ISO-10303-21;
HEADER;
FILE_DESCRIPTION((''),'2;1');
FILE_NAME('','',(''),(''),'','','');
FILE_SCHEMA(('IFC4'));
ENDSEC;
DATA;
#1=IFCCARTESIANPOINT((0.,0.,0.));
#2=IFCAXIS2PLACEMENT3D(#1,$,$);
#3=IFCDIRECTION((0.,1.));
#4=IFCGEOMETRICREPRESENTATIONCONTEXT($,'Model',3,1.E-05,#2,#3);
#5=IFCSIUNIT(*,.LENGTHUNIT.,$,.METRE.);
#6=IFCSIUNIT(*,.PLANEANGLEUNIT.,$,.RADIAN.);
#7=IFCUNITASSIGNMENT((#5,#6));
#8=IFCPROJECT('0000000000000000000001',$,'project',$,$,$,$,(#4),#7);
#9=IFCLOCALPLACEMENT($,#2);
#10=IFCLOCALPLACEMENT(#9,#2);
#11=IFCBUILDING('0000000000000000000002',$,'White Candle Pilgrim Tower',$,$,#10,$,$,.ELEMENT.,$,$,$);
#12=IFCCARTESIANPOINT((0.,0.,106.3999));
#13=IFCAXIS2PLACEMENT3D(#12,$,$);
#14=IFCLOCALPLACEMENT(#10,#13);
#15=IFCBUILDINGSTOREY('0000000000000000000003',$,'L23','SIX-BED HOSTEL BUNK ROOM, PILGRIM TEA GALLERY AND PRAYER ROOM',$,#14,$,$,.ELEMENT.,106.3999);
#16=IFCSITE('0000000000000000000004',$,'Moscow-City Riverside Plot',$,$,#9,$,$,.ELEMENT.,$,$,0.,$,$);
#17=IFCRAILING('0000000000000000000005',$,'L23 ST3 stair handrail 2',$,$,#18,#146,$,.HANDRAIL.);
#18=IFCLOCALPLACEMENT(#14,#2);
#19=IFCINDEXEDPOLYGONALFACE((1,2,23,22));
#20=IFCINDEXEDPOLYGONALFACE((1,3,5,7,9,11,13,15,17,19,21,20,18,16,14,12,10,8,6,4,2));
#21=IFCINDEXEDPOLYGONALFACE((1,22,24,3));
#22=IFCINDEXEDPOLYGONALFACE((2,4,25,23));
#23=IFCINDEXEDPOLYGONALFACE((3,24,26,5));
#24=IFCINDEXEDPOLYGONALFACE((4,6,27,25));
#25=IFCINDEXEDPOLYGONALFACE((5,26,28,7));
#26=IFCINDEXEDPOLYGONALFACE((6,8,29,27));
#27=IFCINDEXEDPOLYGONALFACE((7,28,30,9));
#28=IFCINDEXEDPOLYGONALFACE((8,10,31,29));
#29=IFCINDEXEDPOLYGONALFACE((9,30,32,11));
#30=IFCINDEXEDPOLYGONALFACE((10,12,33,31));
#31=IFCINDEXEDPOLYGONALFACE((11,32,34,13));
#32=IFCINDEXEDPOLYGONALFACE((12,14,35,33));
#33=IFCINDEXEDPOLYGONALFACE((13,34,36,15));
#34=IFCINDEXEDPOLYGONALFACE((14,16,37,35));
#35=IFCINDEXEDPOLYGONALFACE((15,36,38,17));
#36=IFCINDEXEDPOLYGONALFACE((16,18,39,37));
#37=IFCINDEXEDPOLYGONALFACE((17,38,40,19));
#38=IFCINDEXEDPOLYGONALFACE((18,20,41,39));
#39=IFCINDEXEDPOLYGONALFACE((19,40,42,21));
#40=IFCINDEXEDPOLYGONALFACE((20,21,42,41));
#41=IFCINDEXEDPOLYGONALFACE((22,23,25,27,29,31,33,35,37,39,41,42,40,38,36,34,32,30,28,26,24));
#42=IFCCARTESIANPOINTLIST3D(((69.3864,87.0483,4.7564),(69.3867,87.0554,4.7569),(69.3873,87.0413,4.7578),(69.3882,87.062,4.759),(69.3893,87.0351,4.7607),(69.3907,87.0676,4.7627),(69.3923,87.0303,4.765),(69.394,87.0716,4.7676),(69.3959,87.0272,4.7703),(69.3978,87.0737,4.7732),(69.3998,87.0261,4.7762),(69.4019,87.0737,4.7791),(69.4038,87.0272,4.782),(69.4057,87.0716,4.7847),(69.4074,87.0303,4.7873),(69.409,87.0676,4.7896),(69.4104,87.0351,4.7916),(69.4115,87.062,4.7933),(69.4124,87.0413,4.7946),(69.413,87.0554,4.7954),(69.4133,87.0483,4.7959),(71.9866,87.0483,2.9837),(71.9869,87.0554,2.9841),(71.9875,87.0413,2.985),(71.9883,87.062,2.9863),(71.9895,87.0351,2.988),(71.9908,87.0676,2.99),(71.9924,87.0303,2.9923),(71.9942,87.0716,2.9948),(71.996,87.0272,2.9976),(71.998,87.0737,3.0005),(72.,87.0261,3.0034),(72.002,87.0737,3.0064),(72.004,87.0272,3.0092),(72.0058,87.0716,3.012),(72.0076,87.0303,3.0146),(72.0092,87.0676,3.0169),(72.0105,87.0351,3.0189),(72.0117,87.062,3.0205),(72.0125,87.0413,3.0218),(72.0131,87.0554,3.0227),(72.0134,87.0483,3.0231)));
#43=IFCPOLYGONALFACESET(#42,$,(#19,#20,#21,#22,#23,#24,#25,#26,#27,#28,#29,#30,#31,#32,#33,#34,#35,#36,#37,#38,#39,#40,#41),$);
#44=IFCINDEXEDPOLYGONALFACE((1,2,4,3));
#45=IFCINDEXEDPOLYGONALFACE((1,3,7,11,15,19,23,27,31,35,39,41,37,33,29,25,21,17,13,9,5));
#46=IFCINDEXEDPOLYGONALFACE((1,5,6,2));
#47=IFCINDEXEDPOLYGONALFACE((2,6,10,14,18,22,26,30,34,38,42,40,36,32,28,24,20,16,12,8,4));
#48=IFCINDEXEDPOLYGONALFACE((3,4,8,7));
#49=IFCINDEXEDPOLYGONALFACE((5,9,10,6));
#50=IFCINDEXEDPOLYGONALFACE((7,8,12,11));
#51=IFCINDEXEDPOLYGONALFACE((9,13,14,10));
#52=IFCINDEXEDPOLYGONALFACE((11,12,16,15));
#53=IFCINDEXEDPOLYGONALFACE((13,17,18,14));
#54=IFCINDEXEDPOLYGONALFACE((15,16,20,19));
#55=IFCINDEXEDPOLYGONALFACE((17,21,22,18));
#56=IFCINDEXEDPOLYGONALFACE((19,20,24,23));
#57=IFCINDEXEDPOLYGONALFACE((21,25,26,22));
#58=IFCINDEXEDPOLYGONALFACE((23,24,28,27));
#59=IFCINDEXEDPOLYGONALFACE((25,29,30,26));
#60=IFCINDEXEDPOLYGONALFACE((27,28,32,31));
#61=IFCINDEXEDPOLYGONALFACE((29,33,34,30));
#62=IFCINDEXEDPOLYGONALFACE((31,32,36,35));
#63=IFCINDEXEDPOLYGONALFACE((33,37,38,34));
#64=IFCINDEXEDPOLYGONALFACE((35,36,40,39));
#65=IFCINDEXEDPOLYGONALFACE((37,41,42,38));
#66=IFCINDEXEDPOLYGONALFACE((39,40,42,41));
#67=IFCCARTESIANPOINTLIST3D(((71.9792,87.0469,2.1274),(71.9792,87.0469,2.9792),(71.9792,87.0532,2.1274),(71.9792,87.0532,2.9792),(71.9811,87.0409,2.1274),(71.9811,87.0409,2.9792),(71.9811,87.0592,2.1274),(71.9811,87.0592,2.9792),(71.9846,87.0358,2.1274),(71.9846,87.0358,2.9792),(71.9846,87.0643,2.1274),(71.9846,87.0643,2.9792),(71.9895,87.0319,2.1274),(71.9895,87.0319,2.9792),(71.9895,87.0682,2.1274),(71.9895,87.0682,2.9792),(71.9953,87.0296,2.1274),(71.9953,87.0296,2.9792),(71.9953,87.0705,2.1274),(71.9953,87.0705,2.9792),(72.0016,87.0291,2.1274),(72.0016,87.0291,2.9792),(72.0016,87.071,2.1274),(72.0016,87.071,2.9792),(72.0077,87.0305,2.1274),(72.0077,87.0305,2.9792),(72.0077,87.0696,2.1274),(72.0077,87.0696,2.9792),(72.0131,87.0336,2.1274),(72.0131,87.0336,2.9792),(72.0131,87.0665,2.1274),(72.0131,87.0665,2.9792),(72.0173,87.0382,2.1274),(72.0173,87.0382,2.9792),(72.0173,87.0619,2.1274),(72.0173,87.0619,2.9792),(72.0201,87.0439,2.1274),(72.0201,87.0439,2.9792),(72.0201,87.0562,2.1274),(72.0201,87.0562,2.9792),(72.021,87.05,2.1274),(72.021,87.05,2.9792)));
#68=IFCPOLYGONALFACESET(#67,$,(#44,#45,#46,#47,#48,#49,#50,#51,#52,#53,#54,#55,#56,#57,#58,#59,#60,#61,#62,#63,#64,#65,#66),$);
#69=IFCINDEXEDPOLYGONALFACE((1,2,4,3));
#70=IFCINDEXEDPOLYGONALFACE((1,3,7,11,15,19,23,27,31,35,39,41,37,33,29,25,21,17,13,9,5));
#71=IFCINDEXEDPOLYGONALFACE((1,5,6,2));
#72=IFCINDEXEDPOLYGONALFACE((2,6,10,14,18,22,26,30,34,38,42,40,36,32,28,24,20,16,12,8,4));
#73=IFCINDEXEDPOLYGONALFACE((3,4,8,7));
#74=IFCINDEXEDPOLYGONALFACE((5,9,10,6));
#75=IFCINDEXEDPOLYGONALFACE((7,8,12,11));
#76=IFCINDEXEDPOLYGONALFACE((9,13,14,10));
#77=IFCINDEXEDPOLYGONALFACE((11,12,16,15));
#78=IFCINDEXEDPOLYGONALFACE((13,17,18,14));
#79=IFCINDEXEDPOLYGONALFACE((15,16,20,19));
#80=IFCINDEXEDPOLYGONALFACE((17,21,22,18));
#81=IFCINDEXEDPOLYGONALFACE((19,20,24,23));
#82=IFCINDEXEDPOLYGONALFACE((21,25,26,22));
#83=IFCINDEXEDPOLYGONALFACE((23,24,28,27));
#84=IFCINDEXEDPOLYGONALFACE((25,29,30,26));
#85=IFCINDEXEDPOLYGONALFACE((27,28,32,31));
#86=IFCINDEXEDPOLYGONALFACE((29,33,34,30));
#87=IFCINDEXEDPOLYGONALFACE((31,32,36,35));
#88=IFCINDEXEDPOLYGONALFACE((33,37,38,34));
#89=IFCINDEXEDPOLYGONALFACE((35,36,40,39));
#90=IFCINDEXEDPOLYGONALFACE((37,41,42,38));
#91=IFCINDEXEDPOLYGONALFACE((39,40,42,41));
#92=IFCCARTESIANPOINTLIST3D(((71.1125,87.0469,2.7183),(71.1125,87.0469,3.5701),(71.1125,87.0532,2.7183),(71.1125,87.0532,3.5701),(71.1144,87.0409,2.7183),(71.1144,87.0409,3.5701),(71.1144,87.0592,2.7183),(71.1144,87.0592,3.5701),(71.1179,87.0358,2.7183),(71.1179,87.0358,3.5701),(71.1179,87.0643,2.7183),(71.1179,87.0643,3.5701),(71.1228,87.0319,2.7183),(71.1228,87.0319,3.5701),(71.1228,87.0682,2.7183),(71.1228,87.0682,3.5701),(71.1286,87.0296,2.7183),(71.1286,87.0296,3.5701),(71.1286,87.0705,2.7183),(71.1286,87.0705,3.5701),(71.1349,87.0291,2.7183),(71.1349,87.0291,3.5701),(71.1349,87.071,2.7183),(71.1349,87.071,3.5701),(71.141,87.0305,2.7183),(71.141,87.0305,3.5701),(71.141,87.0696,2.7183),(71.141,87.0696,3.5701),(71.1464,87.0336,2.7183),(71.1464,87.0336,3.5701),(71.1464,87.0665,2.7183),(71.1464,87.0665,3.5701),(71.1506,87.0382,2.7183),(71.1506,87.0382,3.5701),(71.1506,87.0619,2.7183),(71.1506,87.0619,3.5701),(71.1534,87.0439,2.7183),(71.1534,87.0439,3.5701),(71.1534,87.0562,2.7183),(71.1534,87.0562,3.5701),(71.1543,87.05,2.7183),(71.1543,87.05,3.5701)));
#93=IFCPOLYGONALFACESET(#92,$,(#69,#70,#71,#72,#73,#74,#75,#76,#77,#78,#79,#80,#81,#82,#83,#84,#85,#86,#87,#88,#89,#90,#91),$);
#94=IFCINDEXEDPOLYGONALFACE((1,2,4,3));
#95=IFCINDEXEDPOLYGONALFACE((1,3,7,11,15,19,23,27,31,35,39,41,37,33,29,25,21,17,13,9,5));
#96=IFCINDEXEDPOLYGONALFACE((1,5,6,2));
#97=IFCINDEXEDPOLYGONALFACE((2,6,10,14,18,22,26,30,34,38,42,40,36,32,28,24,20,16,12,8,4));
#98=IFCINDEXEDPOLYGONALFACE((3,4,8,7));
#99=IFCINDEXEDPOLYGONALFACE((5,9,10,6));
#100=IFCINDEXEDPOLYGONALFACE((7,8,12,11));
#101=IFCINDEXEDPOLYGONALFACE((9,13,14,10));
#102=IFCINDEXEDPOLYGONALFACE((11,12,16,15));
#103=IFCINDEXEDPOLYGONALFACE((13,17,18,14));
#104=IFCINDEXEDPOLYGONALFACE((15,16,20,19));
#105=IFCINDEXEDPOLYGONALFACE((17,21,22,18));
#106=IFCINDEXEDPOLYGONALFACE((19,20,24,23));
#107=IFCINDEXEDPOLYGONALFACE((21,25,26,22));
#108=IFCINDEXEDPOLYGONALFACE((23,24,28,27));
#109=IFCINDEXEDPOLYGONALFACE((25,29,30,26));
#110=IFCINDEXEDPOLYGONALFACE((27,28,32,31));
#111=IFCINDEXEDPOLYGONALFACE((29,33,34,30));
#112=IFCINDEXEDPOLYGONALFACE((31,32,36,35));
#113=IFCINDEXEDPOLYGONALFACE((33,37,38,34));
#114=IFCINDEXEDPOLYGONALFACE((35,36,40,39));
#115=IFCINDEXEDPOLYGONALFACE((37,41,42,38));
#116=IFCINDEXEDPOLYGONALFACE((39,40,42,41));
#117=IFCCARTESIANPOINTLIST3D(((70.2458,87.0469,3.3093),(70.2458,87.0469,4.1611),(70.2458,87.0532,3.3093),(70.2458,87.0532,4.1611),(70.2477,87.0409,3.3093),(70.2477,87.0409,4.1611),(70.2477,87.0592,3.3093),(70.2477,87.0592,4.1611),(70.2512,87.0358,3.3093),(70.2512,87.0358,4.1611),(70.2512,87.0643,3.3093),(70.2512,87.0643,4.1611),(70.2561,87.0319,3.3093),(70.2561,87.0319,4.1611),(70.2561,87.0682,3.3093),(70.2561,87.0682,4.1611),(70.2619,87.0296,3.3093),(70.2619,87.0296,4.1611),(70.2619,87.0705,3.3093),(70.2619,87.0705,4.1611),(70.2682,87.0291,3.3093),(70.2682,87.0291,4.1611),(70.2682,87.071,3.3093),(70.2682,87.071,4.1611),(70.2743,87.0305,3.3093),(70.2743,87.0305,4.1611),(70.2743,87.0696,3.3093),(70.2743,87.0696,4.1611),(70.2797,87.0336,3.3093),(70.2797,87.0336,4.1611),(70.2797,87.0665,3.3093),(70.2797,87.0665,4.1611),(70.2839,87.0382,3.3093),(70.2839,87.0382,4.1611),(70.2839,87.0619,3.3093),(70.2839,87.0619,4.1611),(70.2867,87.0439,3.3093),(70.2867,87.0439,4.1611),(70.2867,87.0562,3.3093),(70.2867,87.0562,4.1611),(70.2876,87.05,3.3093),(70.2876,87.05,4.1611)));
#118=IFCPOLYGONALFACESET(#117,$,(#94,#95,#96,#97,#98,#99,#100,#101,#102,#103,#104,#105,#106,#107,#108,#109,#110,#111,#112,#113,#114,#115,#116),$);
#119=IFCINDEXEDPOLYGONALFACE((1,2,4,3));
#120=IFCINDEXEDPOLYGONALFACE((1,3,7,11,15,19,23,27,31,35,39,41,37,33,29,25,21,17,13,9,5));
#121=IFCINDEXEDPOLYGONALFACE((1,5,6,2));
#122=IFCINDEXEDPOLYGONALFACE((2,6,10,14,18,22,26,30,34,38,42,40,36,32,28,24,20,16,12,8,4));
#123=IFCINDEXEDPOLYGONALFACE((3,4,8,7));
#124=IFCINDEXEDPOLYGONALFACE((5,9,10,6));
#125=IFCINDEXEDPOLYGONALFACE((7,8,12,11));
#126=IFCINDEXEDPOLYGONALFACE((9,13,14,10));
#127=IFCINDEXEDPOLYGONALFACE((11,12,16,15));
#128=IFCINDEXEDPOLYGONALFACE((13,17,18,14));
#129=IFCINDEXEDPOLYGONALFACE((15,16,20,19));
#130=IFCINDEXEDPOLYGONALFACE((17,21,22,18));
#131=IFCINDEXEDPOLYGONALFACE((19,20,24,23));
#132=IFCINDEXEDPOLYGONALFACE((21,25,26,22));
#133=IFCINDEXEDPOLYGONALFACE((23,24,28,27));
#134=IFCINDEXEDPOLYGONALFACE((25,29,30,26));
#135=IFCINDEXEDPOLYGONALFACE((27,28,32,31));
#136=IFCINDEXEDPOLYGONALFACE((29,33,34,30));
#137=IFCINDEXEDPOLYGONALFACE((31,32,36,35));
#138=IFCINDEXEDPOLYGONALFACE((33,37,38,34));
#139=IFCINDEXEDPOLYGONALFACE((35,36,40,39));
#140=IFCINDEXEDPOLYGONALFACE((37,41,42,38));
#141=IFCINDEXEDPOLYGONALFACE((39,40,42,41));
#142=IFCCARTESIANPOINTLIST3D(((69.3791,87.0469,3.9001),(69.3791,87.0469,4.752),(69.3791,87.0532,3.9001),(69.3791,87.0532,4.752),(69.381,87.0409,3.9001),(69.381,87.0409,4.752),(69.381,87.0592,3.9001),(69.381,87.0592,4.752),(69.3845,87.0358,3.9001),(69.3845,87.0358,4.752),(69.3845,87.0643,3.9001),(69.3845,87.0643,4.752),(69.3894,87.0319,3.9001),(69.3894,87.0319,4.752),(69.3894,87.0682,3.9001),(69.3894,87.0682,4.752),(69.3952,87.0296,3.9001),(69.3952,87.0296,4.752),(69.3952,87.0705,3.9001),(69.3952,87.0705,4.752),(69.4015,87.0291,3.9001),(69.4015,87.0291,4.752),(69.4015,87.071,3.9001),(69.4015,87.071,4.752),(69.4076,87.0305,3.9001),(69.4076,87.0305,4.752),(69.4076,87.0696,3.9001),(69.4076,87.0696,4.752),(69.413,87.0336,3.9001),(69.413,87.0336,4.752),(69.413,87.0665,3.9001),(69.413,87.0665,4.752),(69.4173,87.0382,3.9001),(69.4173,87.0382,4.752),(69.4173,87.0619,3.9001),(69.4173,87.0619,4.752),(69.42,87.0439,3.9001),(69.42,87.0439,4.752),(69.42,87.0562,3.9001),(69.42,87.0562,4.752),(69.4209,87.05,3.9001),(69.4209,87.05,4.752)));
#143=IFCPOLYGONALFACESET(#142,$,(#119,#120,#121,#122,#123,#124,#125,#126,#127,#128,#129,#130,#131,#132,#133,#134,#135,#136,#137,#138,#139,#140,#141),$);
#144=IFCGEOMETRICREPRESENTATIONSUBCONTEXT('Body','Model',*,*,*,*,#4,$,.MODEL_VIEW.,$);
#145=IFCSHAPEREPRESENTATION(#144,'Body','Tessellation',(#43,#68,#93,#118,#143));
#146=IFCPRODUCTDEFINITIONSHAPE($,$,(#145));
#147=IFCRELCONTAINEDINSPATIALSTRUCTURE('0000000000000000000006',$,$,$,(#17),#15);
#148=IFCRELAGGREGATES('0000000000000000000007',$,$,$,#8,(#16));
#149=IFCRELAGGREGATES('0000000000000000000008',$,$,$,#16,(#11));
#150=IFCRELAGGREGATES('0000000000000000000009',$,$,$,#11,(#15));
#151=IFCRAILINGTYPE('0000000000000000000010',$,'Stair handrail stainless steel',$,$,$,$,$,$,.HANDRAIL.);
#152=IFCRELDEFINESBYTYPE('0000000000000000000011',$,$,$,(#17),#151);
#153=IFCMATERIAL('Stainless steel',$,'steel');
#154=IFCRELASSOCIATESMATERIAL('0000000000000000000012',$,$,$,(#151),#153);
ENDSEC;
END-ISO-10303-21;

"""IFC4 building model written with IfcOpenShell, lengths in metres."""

from ifc_helpers import new_model, si_unit, direction, frame, origin, origin_2d, place, context, subcontext, project, spatial, circle, extrude, material, type_object, element, save


model = new_model("IFC4")

# Units and contexts
model_context = context("Model", 3, precision=1e-05, world=origin(), true_north=direction((0.0, 1.0)))
body_context = subcontext(model_context, "Body", "Model", "MODEL_VIEW")
ifc_project = project(units=[si_unit("LENGTHUNIT", "METRE"), si_unit("PLANEANGLEUNIT", "RADIAN")], contexts=[model_context])

# Site, building, storey
site_placement = place(None, origin())
site = spatial("IfcSite", under=ifc_project, at=site_placement, Name="Moscow-City Riverside Plot", CompositionType="ELEMENT", RefElevation=0.0)
building_placement = place(site_placement, origin())
building = spatial("IfcBuilding", under=site, at=building_placement, Name="White Candle Pilgrim Tower", CompositionType="ELEMENT")
storey_placement = place(building_placement, frame((0.0, 0.0, 106.3999)))
storey = spatial("IfcBuildingStorey", under=building, at=storey_placement, Name="L23", Description="SIX-BED HOSTEL BUNK ROOM, PILGRIM TEA GALLERY AND PRAYER ROOM", CompositionType="ELEMENT", Elevation=106.3999)

# Railing
ifc_material_1 = material(Name="Stainless steel", Category="steel")
railing_type_1 = type_object("IfcRailingType", Name="Stair handrail stainless steel", PredefinedType="HANDRAIL", material=ifc_material_1)
railing_1_placement = place(storey_placement, frame((72.0, 87.05, 2.1274)))
element("IfcRailing", 1, at=railing_1_placement, inside=storey, type_object=railing_type_1, Name="L23 ST3 stair handrail 2", PredefinedType="HANDRAIL", context=body_context, shape_type="SweptSolid", body=[
    extrude(circle(Radius=0.0239, at=origin_2d()), frame((0.0, 0.0, 0.876), z_axis=(-0.82624, 0.0, 0.563318), x_axis=(0.0, -1.0, 0.0)), (0.0, 0.0, 1.0), 3.147),
    extrude(circle(Radius=0.021, at=origin_2d()), origin(), (0.0, 0.0, 1.0), 0.8518),
    extrude(circle(Radius=0.021, at=origin_2d()), frame((-0.8667, 0.0, 0.5908)), (0.0, 0.0, 1.0), 0.8518),
    extrude(circle(Radius=0.021, at=origin_2d()), frame((-1.7334, 0.0, 1.1819)), (0.0, 0.0, 1.0), 0.8518),
    extrude(circle(Radius=0.021, at=origin_2d()), frame((-2.6001, 0.0, 1.7727)), (0.0, 0.0, 1.0), 0.8518),
])

save(model, "model.ifc")
